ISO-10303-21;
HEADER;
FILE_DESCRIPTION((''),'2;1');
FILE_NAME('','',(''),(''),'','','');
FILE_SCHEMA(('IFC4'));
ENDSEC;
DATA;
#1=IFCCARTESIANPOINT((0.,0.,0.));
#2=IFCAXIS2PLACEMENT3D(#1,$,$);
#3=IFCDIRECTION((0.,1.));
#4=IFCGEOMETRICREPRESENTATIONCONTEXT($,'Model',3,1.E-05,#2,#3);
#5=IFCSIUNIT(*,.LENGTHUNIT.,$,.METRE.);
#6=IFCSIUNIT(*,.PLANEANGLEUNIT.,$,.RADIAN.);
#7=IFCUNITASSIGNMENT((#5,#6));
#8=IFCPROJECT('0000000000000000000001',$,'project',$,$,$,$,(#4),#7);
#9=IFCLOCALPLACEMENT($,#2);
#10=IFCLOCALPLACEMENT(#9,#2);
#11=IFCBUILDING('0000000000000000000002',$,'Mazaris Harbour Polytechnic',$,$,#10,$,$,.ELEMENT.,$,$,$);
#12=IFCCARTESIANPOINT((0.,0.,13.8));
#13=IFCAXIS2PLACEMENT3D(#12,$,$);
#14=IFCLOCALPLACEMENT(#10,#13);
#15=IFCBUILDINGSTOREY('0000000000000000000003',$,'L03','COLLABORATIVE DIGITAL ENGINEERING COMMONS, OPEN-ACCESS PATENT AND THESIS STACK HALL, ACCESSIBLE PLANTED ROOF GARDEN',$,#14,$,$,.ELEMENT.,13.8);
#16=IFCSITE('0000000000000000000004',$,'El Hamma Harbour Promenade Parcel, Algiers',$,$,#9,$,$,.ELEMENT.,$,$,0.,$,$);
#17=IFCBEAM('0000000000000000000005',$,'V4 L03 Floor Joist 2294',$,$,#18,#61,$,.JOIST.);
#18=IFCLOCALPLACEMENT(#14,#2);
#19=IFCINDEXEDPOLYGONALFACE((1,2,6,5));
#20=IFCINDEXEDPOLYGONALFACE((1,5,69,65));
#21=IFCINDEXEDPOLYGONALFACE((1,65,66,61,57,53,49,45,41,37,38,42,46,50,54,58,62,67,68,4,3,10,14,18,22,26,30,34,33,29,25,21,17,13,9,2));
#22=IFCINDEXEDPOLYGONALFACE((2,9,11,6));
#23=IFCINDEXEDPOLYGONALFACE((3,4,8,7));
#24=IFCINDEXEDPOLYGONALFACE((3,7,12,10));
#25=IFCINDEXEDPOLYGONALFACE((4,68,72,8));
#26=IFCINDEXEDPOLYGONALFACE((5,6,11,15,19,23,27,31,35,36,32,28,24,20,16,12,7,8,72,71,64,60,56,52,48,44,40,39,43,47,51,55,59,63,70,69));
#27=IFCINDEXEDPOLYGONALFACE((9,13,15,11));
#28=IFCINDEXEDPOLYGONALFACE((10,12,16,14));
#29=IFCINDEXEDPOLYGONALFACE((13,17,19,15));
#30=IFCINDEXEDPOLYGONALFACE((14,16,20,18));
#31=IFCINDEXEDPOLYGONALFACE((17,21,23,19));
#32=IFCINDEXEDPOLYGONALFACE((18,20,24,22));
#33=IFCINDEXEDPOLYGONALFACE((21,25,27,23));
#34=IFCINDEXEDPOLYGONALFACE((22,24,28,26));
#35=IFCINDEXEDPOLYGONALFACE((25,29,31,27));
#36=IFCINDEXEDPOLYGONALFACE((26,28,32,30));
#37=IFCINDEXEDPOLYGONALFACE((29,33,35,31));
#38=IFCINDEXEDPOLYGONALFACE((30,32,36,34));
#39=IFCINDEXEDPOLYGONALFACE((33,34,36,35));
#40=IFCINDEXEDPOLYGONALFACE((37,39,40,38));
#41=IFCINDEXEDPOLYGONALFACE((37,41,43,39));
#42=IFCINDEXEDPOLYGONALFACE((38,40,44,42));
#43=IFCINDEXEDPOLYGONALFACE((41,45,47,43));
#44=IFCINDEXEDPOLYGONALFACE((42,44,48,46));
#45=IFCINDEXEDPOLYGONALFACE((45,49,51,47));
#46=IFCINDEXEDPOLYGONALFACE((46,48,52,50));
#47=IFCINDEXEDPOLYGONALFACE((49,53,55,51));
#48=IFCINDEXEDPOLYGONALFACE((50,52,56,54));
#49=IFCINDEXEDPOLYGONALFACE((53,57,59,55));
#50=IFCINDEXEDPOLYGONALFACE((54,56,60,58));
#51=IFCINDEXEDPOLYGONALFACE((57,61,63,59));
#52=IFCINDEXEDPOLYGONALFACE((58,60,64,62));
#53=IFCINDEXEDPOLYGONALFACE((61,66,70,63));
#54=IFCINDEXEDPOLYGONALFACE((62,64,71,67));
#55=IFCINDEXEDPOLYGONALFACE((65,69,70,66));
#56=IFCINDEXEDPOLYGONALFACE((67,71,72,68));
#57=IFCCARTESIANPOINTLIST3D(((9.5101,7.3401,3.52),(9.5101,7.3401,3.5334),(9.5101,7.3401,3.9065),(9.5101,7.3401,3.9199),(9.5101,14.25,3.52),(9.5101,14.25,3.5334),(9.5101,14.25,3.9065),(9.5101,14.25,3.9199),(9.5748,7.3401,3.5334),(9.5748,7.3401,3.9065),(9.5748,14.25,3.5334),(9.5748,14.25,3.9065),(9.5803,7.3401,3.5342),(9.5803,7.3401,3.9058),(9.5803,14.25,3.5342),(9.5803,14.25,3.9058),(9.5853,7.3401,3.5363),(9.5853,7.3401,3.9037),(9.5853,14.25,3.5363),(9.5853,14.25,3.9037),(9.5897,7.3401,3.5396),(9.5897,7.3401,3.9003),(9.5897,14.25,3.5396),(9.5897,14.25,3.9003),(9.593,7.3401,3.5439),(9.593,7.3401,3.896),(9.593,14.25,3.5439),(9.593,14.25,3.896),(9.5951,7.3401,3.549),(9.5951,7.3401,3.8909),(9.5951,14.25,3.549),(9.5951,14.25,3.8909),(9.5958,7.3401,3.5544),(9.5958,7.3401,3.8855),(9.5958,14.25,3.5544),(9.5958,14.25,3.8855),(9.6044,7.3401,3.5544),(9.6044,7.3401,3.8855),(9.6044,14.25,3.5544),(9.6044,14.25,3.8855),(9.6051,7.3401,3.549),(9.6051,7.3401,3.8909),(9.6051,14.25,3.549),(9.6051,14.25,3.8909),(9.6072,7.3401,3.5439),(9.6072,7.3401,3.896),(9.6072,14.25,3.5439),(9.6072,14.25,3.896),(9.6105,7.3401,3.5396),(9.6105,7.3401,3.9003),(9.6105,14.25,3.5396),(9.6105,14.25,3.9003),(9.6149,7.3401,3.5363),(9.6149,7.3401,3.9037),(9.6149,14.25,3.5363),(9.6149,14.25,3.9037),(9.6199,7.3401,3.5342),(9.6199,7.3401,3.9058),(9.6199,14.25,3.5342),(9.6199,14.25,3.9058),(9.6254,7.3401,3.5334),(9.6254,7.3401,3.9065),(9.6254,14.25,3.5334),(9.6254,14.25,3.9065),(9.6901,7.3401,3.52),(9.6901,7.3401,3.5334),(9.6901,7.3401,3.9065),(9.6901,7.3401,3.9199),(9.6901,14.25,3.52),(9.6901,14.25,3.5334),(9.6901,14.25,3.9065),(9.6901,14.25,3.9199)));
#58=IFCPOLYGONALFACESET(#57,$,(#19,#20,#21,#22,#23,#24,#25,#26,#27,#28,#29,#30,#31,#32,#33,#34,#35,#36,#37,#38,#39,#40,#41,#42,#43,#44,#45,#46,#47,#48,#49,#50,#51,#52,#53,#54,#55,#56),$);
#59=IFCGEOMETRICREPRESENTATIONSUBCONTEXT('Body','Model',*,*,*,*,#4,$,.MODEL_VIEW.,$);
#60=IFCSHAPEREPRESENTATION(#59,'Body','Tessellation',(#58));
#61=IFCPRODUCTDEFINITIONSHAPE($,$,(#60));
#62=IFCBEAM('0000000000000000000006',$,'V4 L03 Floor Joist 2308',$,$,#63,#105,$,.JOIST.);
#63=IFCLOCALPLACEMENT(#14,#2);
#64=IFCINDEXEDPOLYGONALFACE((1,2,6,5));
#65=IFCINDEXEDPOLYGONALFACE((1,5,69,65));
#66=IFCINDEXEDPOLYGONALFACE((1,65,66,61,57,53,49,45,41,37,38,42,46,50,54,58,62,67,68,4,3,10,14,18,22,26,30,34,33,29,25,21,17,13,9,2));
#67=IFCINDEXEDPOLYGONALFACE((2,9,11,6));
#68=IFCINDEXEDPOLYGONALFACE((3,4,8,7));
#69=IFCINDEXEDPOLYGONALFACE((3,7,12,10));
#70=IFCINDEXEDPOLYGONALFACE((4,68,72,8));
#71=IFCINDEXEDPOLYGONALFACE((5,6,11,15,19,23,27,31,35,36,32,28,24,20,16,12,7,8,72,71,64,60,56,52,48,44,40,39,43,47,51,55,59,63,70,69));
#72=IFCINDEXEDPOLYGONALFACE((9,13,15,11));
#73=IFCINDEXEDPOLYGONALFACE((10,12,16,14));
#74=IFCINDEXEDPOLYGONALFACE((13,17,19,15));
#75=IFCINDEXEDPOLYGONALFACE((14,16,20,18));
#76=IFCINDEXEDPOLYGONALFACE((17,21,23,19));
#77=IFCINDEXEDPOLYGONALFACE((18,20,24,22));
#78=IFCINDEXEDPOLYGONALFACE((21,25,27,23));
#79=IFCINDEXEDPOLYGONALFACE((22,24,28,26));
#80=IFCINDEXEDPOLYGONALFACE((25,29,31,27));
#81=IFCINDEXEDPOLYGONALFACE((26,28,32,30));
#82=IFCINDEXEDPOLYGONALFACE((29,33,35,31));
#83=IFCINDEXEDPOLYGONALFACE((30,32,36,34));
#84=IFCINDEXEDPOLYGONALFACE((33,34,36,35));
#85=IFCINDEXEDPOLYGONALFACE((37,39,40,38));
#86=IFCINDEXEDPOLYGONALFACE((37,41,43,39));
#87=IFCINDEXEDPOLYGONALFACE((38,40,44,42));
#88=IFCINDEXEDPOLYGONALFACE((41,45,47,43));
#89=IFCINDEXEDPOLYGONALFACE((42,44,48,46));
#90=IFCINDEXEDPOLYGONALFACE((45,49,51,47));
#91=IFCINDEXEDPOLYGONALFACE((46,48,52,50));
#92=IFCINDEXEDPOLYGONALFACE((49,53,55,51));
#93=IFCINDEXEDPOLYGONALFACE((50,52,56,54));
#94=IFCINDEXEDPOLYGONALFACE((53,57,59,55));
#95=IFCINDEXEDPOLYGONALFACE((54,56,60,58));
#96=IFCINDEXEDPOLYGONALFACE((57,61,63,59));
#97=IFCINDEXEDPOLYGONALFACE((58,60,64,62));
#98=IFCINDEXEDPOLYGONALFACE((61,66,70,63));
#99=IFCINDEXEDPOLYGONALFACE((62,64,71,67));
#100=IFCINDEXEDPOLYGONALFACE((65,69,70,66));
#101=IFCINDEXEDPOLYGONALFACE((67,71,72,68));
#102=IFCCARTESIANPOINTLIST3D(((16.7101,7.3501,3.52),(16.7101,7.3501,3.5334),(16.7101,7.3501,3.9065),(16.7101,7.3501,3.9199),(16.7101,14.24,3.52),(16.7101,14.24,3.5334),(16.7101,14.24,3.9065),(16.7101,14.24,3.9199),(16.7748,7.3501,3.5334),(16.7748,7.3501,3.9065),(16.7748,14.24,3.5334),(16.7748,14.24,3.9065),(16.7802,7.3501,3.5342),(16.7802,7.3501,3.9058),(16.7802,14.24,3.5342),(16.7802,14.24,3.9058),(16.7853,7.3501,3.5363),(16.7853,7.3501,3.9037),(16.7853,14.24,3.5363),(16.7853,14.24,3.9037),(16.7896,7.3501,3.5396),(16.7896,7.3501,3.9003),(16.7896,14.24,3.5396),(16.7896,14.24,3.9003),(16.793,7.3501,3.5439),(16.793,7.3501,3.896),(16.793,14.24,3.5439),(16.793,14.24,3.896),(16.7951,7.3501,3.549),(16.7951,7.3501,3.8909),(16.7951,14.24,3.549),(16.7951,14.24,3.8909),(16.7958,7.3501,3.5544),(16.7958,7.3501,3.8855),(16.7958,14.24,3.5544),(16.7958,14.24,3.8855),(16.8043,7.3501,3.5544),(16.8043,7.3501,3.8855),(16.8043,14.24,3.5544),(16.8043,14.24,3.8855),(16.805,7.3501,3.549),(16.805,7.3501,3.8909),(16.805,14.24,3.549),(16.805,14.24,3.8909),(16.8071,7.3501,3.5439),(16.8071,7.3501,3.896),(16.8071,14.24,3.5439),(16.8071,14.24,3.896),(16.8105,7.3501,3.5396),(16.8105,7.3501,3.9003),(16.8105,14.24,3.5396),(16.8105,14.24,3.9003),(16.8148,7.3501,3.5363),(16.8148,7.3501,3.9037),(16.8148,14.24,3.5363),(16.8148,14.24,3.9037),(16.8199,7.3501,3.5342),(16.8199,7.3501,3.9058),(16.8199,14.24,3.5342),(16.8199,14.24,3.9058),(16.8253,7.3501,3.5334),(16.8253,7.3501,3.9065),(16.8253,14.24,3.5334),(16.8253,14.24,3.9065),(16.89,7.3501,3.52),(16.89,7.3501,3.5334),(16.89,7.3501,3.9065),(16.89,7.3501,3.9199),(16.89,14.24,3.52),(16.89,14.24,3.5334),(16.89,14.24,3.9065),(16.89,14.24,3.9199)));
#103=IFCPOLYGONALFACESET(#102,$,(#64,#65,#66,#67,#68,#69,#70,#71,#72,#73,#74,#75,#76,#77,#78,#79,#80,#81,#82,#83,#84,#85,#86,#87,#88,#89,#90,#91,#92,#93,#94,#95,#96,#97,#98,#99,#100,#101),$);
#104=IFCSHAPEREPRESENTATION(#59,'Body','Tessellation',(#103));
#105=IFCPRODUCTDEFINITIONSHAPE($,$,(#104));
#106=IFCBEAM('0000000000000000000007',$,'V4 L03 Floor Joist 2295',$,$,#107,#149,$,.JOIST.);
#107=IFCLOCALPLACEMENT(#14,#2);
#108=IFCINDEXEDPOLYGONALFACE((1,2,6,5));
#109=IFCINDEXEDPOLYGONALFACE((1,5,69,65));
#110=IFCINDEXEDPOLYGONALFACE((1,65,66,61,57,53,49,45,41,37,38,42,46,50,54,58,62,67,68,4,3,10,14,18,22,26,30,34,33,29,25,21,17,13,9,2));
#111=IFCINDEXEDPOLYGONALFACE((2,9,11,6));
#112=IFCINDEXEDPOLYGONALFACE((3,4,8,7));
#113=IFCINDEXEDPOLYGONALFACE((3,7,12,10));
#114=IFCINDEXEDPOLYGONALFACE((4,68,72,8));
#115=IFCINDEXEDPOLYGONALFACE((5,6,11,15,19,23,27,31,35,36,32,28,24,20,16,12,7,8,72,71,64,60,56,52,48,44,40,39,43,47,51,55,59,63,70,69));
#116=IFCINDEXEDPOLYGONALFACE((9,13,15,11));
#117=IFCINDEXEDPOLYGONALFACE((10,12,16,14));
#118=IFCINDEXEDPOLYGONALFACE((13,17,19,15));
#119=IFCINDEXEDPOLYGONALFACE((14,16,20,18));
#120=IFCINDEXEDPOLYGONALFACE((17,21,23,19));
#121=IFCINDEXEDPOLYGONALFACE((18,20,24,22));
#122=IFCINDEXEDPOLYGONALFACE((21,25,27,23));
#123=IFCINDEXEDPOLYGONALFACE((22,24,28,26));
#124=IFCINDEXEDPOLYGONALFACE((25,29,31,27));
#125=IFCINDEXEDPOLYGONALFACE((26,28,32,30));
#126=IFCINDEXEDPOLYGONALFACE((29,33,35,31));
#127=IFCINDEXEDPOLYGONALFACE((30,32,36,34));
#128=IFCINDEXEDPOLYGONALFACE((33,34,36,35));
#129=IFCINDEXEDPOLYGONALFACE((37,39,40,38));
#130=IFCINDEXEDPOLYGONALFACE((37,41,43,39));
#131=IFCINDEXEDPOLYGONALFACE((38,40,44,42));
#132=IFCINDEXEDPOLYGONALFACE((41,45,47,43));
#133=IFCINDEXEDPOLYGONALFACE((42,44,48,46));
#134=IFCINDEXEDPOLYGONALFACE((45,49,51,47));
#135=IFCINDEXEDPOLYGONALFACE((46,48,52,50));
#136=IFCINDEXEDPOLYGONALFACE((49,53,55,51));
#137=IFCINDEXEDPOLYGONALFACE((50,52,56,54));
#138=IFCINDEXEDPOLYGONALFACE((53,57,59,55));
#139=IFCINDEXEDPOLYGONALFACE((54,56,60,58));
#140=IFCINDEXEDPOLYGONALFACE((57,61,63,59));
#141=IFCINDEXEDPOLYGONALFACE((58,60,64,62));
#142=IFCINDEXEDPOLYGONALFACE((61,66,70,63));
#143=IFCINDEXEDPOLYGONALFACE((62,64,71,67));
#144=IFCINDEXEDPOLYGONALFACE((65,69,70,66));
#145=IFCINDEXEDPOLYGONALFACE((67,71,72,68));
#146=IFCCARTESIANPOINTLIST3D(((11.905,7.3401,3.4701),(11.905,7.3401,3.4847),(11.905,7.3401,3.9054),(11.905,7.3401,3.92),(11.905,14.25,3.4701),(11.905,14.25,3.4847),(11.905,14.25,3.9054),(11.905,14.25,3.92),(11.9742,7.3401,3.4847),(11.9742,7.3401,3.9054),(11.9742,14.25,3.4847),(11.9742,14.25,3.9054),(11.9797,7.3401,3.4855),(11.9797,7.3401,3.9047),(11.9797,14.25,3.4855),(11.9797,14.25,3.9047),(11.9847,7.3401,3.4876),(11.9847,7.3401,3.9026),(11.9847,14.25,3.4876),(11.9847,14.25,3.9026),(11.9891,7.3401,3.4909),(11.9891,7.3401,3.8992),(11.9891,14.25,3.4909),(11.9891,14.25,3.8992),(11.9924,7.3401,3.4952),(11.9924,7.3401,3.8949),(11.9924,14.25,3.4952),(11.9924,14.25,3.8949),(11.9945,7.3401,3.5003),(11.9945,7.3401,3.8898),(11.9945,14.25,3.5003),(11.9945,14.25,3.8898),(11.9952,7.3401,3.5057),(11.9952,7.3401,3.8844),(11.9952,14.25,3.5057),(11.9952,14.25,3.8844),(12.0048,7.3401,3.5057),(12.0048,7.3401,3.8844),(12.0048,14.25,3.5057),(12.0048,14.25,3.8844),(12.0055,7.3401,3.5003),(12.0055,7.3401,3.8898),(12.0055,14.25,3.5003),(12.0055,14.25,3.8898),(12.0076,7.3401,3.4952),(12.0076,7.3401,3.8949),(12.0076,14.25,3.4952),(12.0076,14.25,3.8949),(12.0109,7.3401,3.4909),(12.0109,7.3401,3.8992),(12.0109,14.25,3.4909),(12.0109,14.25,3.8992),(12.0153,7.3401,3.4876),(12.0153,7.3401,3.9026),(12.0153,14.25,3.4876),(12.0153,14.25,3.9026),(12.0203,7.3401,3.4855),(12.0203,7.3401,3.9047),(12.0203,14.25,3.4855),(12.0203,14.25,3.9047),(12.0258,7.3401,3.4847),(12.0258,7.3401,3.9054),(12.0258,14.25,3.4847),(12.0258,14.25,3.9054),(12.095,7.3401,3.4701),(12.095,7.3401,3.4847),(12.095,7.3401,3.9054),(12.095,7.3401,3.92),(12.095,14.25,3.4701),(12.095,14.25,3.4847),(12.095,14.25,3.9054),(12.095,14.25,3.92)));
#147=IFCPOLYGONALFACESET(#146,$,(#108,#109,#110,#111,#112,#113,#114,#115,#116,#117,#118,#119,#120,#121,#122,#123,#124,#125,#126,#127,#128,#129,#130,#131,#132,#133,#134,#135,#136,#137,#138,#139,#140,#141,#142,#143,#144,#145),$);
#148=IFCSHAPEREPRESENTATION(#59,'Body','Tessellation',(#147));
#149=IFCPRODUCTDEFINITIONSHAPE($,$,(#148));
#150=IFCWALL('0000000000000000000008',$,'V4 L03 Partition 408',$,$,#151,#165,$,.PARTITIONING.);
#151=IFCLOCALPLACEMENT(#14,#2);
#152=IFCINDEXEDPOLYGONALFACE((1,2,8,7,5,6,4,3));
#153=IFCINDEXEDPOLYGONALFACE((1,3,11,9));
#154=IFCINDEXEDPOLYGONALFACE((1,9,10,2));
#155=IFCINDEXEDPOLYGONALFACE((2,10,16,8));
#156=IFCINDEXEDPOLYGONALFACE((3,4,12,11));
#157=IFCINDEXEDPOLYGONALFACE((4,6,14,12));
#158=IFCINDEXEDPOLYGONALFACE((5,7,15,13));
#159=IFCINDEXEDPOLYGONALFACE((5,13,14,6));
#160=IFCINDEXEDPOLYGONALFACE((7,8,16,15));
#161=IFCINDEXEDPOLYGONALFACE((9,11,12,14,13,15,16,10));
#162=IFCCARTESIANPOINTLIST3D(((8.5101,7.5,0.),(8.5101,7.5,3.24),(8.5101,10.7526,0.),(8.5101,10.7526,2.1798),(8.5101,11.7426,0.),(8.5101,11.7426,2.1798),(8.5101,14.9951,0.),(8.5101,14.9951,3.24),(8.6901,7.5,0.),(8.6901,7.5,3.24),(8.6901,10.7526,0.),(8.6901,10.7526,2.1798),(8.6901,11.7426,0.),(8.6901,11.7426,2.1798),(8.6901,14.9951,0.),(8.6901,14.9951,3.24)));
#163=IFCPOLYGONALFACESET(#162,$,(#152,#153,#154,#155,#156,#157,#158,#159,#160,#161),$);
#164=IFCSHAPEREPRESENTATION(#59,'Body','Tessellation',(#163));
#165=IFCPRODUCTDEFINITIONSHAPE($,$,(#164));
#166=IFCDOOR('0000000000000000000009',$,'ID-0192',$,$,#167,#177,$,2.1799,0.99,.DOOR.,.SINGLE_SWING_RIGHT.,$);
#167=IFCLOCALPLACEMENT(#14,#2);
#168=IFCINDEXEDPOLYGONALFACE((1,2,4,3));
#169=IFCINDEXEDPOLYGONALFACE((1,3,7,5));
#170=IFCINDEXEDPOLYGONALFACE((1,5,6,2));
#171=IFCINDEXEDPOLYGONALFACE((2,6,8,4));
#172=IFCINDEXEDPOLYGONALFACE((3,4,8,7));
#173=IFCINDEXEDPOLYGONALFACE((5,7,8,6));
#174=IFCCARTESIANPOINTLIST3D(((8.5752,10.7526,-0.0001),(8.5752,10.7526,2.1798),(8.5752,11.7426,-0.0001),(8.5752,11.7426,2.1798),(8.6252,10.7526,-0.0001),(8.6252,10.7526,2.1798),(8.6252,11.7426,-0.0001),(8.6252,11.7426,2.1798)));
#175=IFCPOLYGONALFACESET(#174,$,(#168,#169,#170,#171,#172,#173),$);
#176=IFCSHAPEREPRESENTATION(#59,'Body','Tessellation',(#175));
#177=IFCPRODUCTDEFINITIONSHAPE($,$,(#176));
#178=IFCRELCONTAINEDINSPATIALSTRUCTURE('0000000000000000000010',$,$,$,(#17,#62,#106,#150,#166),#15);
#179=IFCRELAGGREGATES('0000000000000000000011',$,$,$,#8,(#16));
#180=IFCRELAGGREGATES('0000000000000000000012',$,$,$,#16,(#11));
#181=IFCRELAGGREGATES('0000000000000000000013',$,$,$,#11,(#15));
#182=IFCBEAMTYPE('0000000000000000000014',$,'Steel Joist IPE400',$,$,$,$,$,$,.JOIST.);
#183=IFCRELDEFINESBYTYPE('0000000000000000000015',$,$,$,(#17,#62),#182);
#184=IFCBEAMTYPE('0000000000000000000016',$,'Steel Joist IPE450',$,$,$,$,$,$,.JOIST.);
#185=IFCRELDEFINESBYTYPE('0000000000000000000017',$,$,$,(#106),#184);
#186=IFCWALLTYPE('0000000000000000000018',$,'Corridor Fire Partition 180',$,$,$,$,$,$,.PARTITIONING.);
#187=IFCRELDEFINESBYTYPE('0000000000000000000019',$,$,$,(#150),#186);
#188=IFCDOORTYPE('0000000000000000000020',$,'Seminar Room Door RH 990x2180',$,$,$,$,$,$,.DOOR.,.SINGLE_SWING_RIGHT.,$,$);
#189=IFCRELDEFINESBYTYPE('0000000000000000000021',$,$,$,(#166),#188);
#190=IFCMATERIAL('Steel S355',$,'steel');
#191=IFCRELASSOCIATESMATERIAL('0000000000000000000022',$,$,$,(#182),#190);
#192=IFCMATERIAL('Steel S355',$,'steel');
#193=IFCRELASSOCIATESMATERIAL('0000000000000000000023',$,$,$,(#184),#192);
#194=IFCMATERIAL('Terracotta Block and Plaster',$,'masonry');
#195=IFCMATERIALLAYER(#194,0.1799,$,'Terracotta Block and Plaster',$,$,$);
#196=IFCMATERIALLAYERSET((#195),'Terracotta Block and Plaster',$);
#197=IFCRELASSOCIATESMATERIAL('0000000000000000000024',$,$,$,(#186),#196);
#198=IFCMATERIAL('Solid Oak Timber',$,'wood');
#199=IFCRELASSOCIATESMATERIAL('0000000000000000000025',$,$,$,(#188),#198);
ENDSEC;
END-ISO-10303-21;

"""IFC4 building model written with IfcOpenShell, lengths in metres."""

from ifc_helpers import new_model, si_unit, direction, frame, frame_2d, origin, origin_2d, place, context, subcontext, project, spatial, rectangle, i_section, extrude, material, layer, layer_set, material_profile, profile_set, type_object, element, fill, save


model = new_model("IFC4")

# Units and contexts
model_context = context("Model", 3, precision=1e-05, world=origin(), true_north=direction((0.0, 1.0)))
body_context = subcontext(model_context, "Body", "Model", "MODEL_VIEW")
ifc_project = project(units=[si_unit("LENGTHUNIT", "METRE"), si_unit("PLANEANGLEUNIT", "RADIAN")], contexts=[model_context])

# Site, building, storey
site_placement = place(None, origin())
site = spatial("IfcSite", under=ifc_project, at=site_placement, Name="El Hamma Harbour Promenade Parcel, Algiers", CompositionType="ELEMENT", RefElevation=0.0)
building_placement = place(site_placement, origin())
building = spatial("IfcBuilding", under=site, at=building_placement, Name="Mazaris Harbour Polytechnic", CompositionType="ELEMENT")
storey_placement = place(building_placement, frame((0.0, 0.0, 13.8)))
storey = spatial("IfcBuildingStorey", under=building, at=storey_placement, Name="L03", Description="COLLABORATIVE DIGITAL ENGINEERING COMMONS, OPEN-ACCESS PATENT AND THESIS STACK HALL, ACCESSIBLE PLANTED ROOF GARDEN", CompositionType="ELEMENT", Elevation=13.8)

# Beams
ifc_material_1 = material(Name="Steel S355", Category="steel")
ifc_material_profile_1 = material_profile(ifc_material_1, i_section(OverallWidth=0.1799, OverallDepth=0.3999, WebThickness=0.0085, FlangeThickness=0.0134, FilletRadius=0.021, at=origin_2d()), Name="IPE 400")
ifc_profile_set_1 = profile_set([ifc_material_profile_1], Name="Steel S355")
beam_type_1 = type_object("IfcBeamType", Name="Steel Joist IPE400", PredefinedType="JOIST", material=ifc_profile_set_1)
beam_1_placement = place(storey_placement, frame((9.6001, 7.3401, 3.72), z_axis=(0.0, 1.0, 0.0), x_axis=(-1.0, 0.0, 0.0)))
element("IfcBeam", 1, at=beam_1_placement, inside=storey, type_object=beam_type_1, Name="V4 L03 Floor Joist 2294", PredefinedType="JOIST", context=body_context, shape_type="SweptSolid", body=[
    extrude(i_section(OverallWidth=0.1799, OverallDepth=0.3999, WebThickness=0.0085, FlangeThickness=0.0134, FilletRadius=0.021, at=origin_2d()), origin(), (0.0, 0.0, 1.0), 6.9099),
])
beam_2_placement = place(storey_placement, frame((16.8, 7.3501, 3.72), z_axis=(0.0, 1.0, 0.0), x_axis=(-1.0, 0.0, 0.0)))
element("IfcBeam", 2, at=beam_2_placement, inside=storey, type_object=beam_type_1, Name="V4 L03 Floor Joist 2308", PredefinedType="JOIST", context=body_context, shape_type="SweptSolid", body=[
    extrude(i_section(OverallWidth=0.1799, OverallDepth=0.3999, WebThickness=0.0085, FlangeThickness=0.0134, FilletRadius=0.021, at=origin_2d()), origin(), (0.0, 0.0, 1.0), 6.8899),
])
ifc_material_2 = material(Name="Steel S355", Category="steel")
ifc_material_profile_2 = material_profile(ifc_material_2, i_section(OverallWidth=0.1899, OverallDepth=0.45, WebThickness=0.0095, FlangeThickness=0.0146, FilletRadius=0.021, at=origin_2d()), Name="IPE 450")
ifc_profile_set_2 = profile_set([ifc_material_profile_2], Name="Steel S355")
beam_type_2 = type_object("IfcBeamType", Name="Steel Joist IPE450", PredefinedType="JOIST", material=ifc_profile_set_2)
beam_3_placement = place(storey_placement, frame((12.0, 7.3401, 3.6951), z_axis=(0.0, 1.0, 0.0), x_axis=(-1.0, 0.0, 0.0)))
element("IfcBeam", 3, at=beam_3_placement, inside=storey, type_object=beam_type_2, Name="V4 L03 Floor Joist 2295", PredefinedType="JOIST", context=body_context, shape_type="SweptSolid", body=[
    extrude(i_section(OverallWidth=0.1899, OverallDepth=0.45, WebThickness=0.0095, FlangeThickness=0.0146, FilletRadius=0.021, at=origin_2d()), origin(), (0.0, 0.0, 1.0), 6.9099),
])

# Wall, opening, door
ifc_material_3 = material(Name="Terracotta Block and Plaster", Category="masonry")
ifc_layer_1 = layer(ifc_material_3, 0.1799, Name="Terracotta Block and Plaster")
ifc_layer_set_1 = layer_set([ifc_layer_1], Name="Terracotta Block and Plaster")
wall_type_1 = type_object("IfcWallType", Name="Corridor Fire Partition 180", PredefinedType="PARTITIONING", material=ifc_layer_set_1)
wall_1_placement = place(storey_placement, frame((8.6001, 7.5, 0.0), z_axis=(0.0, 0.0, 1.0), x_axis=(0.0, 1.0, 0.0)))
wall_1 = element("IfcWall", 4, at=wall_1_placement, inside=storey, type_object=wall_type_1, Name="V4 L03 Partition 408", PredefinedType="PARTITIONING", context=body_context, shape_type="SweptSolid", body=[
    extrude(rectangle(XDim=7.4951, YDim=0.1799, at=frame_2d((3.7476, 0.0))), origin(), (0.0, 0.0, 1.0), 3.24),
])
opening_1_placement = place(wall_1_placement, frame((3.2524, 0.0, 0.0)))
opening_1 = element("IfcOpeningElement", 5, at=opening_1_placement, cuts=wall_1, PredefinedType="OPENING", context=body_context, shape_type="SweptSolid", body=[
    extrude(rectangle(XDim=0.99, YDim=2.1799, at=frame_2d((0.4951, 1.0898))), frame((0.0, 0.0999, 0.0), z_axis=(0.0, -1.0, 0.0), x_axis=(1.0, 0.0, 0.0)), (0.0, 0.0, 1.0), 0.2),
])
ifc_material_4 = material(Name="Solid Oak Timber", Category="wood")
door_type_1 = type_object("IfcDoorType", Name="Seminar Room Door RH 990x2180", OperationType="SINGLE_SWING_RIGHT", PredefinedType="DOOR", material=ifc_material_4)
door_1_placement = place(opening_1_placement, origin())
door_1 = element("IfcDoor", 6, at=door_1_placement, inside=storey, type_object=door_type_1, Name="ID-0192", OperationType="SINGLE_SWING_RIGHT", OverallHeight=2.1799, OverallWidth=0.99, PredefinedType="DOOR", context=body_context, shape_type="SweptSolid", body=[
    extrude(rectangle(XDim=0.99, YDim=2.1799, at=frame_2d((0.4951, 1.0898))), frame((0.0, 0.0249, 0.0), z_axis=(0.0, -1.0, 0.0), x_axis=(1.0, 0.0, 0.0)), (0.0, 0.0, 1.0), 0.05),
])
fill(opening_1, door_1)

save(model, "model.ifc")
